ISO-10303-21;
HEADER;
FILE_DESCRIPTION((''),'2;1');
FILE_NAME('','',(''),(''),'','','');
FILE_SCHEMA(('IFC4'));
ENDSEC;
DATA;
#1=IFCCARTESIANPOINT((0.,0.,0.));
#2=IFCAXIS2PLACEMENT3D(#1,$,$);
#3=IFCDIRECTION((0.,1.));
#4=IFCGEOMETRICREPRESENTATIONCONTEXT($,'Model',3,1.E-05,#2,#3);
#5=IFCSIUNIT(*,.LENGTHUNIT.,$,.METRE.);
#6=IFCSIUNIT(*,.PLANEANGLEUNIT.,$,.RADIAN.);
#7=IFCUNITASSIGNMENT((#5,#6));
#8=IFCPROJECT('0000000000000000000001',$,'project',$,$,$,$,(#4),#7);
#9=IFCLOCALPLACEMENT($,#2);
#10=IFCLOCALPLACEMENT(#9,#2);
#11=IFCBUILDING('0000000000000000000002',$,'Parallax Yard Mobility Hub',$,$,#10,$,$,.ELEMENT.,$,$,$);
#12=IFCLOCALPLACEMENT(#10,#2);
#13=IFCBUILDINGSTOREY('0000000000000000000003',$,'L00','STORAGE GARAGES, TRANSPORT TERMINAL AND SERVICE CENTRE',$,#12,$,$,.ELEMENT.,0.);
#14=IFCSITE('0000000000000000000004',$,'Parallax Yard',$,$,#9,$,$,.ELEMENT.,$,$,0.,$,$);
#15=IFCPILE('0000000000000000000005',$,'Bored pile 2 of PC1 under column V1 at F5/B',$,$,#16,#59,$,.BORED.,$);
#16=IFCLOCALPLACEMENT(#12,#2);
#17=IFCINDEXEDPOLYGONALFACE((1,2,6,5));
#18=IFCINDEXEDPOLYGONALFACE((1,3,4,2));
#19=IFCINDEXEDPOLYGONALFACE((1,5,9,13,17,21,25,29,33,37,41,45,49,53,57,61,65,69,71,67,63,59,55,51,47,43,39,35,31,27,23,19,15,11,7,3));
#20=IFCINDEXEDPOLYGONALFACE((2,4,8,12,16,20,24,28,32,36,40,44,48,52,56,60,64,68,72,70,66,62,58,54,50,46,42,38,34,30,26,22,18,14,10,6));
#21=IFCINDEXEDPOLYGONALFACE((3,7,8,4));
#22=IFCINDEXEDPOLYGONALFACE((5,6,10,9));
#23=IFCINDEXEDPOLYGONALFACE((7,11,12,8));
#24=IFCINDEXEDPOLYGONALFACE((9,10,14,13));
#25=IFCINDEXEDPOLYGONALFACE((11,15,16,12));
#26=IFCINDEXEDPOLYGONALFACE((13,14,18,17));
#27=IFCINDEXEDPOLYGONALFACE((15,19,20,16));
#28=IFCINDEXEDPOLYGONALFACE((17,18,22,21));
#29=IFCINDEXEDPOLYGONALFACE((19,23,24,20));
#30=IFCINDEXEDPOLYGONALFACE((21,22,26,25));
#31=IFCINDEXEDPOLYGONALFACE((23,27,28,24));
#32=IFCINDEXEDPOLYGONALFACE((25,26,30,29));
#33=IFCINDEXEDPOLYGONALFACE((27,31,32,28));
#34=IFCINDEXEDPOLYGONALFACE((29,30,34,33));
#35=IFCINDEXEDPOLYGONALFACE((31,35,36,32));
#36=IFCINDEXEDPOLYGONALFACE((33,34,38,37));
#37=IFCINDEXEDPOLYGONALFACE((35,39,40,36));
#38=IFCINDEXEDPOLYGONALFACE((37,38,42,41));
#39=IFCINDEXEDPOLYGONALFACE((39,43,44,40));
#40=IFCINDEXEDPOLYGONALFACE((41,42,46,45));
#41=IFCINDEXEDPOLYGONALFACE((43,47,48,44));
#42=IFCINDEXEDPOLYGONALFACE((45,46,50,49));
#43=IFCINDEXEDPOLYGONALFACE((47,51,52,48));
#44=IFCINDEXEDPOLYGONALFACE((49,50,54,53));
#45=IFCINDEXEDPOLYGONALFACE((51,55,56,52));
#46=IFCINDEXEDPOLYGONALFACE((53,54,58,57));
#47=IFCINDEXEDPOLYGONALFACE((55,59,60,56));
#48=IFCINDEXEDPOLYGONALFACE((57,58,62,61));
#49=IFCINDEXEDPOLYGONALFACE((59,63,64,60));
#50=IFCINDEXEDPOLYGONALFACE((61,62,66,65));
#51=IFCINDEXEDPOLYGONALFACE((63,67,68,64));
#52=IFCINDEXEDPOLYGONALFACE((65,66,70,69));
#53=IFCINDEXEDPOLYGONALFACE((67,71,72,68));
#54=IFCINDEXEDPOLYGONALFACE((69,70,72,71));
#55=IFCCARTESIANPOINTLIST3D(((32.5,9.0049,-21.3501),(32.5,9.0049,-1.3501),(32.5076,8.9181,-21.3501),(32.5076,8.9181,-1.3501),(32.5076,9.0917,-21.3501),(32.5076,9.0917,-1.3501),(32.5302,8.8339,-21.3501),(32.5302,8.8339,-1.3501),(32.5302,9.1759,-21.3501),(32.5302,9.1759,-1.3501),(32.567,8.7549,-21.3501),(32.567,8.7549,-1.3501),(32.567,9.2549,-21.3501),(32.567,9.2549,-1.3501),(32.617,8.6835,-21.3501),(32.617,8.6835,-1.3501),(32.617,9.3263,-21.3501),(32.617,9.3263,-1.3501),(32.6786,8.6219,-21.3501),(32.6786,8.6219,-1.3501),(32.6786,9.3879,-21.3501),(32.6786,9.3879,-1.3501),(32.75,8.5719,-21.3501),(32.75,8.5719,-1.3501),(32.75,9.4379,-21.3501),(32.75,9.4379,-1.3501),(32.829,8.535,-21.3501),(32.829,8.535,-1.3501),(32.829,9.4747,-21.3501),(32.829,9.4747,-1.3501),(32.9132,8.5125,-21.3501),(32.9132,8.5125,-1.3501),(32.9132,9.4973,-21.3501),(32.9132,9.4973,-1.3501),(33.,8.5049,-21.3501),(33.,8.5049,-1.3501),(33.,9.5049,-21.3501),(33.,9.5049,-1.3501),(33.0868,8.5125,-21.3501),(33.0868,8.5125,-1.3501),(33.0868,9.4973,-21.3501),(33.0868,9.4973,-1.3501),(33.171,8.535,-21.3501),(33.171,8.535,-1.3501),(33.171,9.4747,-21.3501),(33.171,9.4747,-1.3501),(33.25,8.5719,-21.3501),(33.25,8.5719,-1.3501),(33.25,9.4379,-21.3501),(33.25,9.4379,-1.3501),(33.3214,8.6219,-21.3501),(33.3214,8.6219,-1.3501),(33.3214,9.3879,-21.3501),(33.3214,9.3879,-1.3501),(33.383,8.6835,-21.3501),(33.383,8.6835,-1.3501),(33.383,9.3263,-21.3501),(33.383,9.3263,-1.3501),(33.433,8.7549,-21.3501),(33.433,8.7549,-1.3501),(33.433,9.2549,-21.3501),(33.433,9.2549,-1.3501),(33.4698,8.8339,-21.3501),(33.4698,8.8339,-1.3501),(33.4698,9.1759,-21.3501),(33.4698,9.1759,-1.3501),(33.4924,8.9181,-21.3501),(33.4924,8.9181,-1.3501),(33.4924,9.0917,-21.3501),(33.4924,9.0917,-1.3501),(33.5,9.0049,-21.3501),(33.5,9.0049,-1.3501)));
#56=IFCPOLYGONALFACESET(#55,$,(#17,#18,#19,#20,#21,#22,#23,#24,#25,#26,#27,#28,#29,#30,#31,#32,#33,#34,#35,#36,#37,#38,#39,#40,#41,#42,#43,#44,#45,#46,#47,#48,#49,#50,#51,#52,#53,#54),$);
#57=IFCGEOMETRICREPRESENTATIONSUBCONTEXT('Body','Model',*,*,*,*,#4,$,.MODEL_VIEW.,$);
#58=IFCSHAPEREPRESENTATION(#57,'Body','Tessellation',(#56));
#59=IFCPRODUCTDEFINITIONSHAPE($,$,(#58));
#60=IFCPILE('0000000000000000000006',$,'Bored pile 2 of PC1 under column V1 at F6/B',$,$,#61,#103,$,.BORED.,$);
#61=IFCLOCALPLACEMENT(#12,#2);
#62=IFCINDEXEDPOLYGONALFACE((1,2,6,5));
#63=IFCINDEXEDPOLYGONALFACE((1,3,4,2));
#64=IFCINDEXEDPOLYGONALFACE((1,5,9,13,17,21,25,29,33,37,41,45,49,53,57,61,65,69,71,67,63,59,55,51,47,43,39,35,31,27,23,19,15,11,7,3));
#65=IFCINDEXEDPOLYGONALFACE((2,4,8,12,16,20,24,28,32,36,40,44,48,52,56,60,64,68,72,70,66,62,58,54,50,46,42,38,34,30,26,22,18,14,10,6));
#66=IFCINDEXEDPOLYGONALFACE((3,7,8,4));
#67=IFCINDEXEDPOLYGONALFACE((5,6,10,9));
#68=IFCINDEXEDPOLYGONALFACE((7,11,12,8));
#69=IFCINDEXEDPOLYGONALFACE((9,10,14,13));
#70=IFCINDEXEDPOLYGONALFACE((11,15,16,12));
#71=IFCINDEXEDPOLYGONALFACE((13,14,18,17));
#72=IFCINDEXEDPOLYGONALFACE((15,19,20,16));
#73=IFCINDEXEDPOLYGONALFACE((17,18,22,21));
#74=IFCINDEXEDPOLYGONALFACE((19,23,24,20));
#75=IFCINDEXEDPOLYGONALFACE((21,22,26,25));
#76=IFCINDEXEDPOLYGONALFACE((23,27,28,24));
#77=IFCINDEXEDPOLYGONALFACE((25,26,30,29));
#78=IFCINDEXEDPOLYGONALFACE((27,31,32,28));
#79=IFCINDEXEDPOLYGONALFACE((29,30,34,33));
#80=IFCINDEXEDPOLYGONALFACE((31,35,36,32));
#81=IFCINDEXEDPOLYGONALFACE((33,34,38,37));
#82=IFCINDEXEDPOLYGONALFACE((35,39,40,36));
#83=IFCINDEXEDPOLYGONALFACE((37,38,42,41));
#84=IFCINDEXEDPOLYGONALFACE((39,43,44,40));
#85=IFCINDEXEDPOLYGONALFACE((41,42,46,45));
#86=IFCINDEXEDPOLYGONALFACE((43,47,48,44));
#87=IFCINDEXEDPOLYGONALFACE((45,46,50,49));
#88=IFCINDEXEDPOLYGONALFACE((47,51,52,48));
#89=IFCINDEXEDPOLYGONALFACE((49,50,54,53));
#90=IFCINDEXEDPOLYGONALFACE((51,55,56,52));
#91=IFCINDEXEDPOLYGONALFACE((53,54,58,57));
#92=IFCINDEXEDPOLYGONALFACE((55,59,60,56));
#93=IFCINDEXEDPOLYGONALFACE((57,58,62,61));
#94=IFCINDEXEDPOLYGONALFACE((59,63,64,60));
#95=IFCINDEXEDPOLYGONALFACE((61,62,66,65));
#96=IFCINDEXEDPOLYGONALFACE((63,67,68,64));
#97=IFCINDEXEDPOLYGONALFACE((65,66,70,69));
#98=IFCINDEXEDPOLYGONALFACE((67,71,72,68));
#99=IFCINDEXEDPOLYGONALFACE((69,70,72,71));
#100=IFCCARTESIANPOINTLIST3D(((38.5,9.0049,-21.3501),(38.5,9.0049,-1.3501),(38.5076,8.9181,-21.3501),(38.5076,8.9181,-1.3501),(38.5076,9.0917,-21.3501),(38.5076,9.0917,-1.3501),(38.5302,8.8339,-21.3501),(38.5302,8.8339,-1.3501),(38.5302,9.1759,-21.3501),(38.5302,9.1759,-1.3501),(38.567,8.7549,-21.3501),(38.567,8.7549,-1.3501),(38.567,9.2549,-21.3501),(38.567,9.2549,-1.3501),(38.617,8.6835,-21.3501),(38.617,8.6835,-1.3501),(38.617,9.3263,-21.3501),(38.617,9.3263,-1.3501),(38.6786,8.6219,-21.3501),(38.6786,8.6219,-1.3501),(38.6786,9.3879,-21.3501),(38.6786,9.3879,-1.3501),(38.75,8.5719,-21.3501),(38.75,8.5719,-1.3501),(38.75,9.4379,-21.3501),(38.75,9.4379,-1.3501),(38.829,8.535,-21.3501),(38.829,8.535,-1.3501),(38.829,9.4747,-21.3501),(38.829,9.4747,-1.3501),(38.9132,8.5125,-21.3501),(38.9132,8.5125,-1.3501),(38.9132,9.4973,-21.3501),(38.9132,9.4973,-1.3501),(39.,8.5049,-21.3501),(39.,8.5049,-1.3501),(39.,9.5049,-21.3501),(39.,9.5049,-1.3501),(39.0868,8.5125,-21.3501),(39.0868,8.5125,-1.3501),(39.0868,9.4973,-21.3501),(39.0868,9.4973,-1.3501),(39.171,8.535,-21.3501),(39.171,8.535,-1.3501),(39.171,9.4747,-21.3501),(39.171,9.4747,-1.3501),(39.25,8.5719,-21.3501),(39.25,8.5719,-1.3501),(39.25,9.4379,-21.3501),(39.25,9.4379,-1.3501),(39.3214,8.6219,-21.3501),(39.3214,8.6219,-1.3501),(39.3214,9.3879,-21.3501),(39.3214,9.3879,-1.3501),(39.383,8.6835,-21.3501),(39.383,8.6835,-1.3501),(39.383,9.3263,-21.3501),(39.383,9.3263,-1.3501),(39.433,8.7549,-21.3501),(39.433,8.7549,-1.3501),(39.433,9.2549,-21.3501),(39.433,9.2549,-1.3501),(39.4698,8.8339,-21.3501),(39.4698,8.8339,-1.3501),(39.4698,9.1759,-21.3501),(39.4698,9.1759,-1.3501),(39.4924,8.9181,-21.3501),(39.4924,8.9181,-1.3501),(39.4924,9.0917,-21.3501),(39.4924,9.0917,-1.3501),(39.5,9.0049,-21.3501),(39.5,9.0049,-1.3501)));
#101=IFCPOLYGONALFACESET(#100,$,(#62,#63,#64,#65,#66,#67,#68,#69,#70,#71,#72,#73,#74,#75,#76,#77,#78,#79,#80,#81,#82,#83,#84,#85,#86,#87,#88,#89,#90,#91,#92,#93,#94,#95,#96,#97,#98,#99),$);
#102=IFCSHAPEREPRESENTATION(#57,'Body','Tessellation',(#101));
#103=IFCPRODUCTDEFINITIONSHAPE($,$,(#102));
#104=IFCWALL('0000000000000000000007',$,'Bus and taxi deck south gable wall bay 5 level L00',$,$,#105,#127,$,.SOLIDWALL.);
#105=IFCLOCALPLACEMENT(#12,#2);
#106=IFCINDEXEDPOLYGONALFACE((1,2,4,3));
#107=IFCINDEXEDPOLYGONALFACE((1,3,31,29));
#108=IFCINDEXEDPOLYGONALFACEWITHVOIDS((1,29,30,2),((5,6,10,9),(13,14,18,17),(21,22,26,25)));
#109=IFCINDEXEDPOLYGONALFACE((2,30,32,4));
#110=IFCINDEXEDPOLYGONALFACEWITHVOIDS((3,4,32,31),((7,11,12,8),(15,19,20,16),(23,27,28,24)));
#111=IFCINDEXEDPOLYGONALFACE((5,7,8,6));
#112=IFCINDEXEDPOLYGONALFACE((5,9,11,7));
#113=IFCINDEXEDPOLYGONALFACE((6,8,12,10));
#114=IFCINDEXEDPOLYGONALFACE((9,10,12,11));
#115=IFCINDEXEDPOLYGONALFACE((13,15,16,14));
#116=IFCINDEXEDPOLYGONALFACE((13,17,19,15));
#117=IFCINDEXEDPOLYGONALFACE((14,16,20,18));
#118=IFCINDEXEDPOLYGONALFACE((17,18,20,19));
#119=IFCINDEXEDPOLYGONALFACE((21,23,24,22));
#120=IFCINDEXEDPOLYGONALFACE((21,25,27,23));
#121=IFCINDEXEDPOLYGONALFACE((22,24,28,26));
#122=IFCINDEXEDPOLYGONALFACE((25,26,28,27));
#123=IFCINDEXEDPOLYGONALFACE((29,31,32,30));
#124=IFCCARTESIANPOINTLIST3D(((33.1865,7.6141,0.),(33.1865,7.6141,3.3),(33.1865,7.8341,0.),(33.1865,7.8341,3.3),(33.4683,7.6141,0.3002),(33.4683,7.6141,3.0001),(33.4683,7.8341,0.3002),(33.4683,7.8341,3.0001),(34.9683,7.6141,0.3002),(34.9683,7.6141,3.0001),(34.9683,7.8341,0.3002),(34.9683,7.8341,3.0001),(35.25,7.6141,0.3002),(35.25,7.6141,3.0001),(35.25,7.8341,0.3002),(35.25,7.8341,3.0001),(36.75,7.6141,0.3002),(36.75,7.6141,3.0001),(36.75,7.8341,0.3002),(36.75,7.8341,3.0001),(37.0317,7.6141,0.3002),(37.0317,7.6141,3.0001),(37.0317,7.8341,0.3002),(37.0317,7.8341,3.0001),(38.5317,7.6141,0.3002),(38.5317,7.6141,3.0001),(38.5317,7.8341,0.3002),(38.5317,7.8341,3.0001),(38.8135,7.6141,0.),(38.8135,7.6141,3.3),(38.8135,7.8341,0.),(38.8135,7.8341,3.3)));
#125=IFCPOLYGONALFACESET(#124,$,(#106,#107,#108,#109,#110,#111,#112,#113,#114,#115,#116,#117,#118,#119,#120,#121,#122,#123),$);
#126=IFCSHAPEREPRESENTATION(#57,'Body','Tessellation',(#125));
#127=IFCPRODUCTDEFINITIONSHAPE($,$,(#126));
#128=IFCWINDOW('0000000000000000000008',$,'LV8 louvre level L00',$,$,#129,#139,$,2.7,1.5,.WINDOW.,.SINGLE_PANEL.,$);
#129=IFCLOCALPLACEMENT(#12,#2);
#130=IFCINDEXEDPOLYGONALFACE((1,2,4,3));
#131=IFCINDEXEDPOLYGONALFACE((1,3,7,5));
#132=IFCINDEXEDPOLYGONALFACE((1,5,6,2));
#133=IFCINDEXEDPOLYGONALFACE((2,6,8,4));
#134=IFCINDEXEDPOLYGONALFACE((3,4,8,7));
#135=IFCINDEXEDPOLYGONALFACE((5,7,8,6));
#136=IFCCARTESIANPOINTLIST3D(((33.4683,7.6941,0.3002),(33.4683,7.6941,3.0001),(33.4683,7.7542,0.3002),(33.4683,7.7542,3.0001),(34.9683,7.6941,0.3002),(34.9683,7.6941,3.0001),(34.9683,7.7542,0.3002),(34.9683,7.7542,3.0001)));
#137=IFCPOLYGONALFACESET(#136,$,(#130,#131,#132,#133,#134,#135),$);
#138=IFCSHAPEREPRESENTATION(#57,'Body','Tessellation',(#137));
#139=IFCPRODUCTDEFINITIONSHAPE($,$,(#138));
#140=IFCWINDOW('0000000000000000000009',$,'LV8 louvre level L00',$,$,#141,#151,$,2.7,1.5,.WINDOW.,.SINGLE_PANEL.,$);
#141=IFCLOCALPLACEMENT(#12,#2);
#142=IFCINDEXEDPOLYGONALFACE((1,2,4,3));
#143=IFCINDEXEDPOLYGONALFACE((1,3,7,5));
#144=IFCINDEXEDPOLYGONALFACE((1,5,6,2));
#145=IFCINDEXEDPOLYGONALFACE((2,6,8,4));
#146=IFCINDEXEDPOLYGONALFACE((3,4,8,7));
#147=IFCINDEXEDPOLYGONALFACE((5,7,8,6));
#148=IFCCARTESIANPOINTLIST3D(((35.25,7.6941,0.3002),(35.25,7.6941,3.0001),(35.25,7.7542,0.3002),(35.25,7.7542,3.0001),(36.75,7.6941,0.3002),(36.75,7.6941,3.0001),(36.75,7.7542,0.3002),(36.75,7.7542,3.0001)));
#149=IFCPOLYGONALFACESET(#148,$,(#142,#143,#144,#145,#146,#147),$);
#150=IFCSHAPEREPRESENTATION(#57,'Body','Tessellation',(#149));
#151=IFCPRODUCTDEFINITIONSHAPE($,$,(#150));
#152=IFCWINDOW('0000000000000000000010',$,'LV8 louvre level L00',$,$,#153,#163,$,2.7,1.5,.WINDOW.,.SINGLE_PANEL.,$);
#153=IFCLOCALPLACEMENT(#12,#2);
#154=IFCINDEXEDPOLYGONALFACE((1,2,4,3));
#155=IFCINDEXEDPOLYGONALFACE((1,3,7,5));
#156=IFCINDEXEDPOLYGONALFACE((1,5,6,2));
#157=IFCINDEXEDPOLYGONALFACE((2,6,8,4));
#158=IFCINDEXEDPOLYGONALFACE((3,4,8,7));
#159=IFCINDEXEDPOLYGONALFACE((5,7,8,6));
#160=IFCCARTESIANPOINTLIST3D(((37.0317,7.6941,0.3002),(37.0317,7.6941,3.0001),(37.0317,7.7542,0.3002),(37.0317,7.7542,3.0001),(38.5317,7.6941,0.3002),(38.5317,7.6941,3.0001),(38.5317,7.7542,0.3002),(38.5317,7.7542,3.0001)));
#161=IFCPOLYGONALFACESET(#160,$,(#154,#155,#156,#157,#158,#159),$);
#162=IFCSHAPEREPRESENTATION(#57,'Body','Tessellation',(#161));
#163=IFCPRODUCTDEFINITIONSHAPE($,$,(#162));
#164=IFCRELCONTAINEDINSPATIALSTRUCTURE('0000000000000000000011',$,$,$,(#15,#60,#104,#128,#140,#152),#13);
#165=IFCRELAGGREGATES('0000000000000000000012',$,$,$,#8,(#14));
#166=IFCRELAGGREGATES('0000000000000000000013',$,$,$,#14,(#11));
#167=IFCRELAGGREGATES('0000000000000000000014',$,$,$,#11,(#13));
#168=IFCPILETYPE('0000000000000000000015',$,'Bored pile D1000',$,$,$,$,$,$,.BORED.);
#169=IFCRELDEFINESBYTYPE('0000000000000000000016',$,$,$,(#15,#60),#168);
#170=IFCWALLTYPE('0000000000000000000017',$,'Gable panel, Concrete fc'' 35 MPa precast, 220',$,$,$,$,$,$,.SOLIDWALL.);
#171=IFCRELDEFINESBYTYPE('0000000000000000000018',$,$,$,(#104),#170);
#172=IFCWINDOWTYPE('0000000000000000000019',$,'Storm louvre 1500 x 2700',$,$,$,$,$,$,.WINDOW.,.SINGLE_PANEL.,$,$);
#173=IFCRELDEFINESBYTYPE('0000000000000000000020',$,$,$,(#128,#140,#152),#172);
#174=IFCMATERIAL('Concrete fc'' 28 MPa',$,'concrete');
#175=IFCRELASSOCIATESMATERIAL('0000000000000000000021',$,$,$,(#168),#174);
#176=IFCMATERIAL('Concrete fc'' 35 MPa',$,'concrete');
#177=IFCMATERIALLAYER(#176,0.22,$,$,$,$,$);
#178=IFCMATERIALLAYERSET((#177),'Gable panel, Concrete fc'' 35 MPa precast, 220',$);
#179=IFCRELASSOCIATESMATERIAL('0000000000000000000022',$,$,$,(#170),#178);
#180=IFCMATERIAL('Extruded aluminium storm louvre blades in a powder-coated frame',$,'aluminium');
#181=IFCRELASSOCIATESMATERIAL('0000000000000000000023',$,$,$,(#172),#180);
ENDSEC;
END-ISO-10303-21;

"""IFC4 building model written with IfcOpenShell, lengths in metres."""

from ifc_helpers import new_model, si_unit, direction, frame, frame_2d, origin, origin_2d, place, context, subcontext, project, spatial, rectangle, circle, extrude, material, layer, layer_set, material_profile, profile_set, type_object, element, fill, save


model = new_model("IFC4")

# Units and contexts
model_context = context("Model", 3, precision=1e-05, world=origin(), true_north=direction((0.0, 1.0)))
body_context = subcontext(model_context, "Body", "Model", "MODEL_VIEW")
ifc_project = project(units=[si_unit("LENGTHUNIT", "METRE"), si_unit("PLANEANGLEUNIT", "RADIAN")], contexts=[model_context])

# Site, building, storey
site_placement = place(None, origin())
site = spatial("IfcSite", under=ifc_project, at=site_placement, Name="Parallax Yard", CompositionType="ELEMENT", RefElevation=0.0)
building_placement = place(site_placement, origin())
building = spatial("IfcBuilding", under=site, at=building_placement, Name="Parallax Yard Mobility Hub", CompositionType="ELEMENT")
storey_placement = place(building_placement, origin())
storey = spatial("IfcBuildingStorey", under=building, at=storey_placement, Name="L00", Description="STORAGE GARAGES, TRANSPORT TERMINAL AND SERVICE CENTRE", CompositionType="ELEMENT", Elevation=0.0)

# Piles
ifc_material_1 = material(Name="Concrete fc' 28 MPa", Category="concrete")
ifc_material_profile = material_profile(ifc_material_1, circle(Radius=0.5, at=origin_2d()), Name="Bored pile D1000")
ifc_profile_set = profile_set([ifc_material_profile], Name="Concrete fc' 28 MPa")
pile_type = type_object("IfcPileType", Name="Bored pile D1000", PredefinedType="BORED", material=ifc_profile_set)
for number, where, z_axis, x_axis, name in (
    (1, (33.0, 9.0049, -1.3501), (0.0, 0.0, -1.0), (1.0, 0.0, 0.0), "Bored pile 2 of PC1 under column V1 at F5/B"),
    (2, (39.0, 9.0049, -1.3501), (0.0, 0.0, -1.0), (1.0, 0.0, 0.0), "Bored pile 2 of PC1 under column V1 at F6/B"),
):
    element("IfcPile", number, at=place(storey_placement, frame(where, z_axis=z_axis, x_axis=x_axis)), inside=storey, type_object=pile_type, Name=name, PredefinedType="BORED", context=body_context, shape_type="SweptSolid", body=[
        extrude(circle(Radius=0.5, at=origin_2d()), origin(), (0.0, 0.0, 1.0), 20.0),
    ])

# Wall, openings, windows
ifc_material_2 = material(Name="Concrete fc' 35 MPa", Category="concrete")
ifc_layer = layer(ifc_material_2, 0.22)
ifc_layer_set = layer_set([ifc_layer], Name="Gable panel, Concrete fc' 35 MPa precast, 220")
wall_type = type_object("IfcWallType", Name="Gable panel, Concrete fc' 35 MPa precast, 220", PredefinedType="SOLIDWALL", material=ifc_layer_set)
wall_1_placement = place(storey_placement, frame((33.1865, 7.7241, 0.0), z_axis=(0.0, 0.0, 1.0), x_axis=(1.0, 0.0, 0.0)))
wall_1 = element("IfcWall", 3, at=wall_1_placement, inside=storey, type_object=wall_type, Name="Bus and taxi deck south gable wall bay 5 level L00", PredefinedType="SOLIDWALL", context=body_context, shape_type="SweptSolid", body=[
    extrude(rectangle(XDim=5.627, YDim=0.22, at=frame_2d((2.8135, 0.0))), origin(), (0.0, 0.0, 1.0), 3.3),
])
opening_1_placement = place(wall_1_placement, frame((0.2817, 0.0, 0.3)))
opening_1 = element("IfcOpeningElement", 4, at=opening_1_placement, cuts=wall_1, PredefinedType="OPENING", context=body_context, shape_type="SweptSolid", body=[
    extrude(rectangle(XDim=1.5, YDim=2.7, at=frame_2d((0.75, 1.3501))), frame((0.0, 0.1201, 0.0), z_axis=(0.0, -1.0, 0.0), x_axis=(1.0, 0.0, 0.0)), (0.0, 0.0, 1.0), 0.24),
])
opening_2_placement = place(wall_1_placement, frame((2.0635, 0.0, 0.3)))
opening_2 = element("IfcOpeningElement", 5, at=opening_2_placement, cuts=wall_1, PredefinedType="OPENING", context=body_context, shape_type="SweptSolid", body=[
    extrude(rectangle(XDim=1.5, YDim=2.7, at=frame_2d((0.75, 1.3501))), frame((0.0, 0.1201, 0.0), z_axis=(0.0, -1.0, 0.0), x_axis=(1.0, 0.0, 0.0)), (0.0, 0.0, 1.0), 0.24),
])
opening_3_placement = place(wall_1_placement, frame((3.8452, 0.0, 0.3)))
opening_3 = element("IfcOpeningElement", 6, at=opening_3_placement, cuts=wall_1, PredefinedType="OPENING", context=body_context, shape_type="SweptSolid", body=[
    extrude(rectangle(XDim=1.5, YDim=2.7, at=frame_2d((0.75, 1.3501))), frame((0.0, 0.1201, 0.0), z_axis=(0.0, -1.0, 0.0), x_axis=(1.0, 0.0, 0.0)), (0.0, 0.0, 1.0), 0.24),
])
ifc_material_3 = material(Name="Extruded aluminium storm louvre blades in a powder-coated frame", Category="aluminium")
window_type_1 = type_object("IfcWindowType", Name="Storm louvre 1500 x 2700", PartitioningType="SINGLE_PANEL", PredefinedType="WINDOW", material=ifc_material_3)
window_1_placement = place(opening_1_placement, origin())
window_1 = element("IfcWindow", 7, at=window_1_placement, inside=storey, type_object=window_type_1, Name="LV8 louvre level L00", OverallHeight=2.7, OverallWidth=1.5, PartitioningType="SINGLE_PANEL", PredefinedType="WINDOW", context=body_context, shape_type="SweptSolid", body=[
    extrude(rectangle(XDim=1.5, YDim=2.7, at=frame_2d((0.75, 1.3501))), frame((0.0, 0.03, 0.0), z_axis=(0.0, -1.0, 0.0), x_axis=(1.0, 0.0, 0.0)), (0.0, 0.0, 1.0), 0.0601),
])
fill(opening_1, window_1)
window_2_placement = place(opening_2_placement, origin())
window_2 = element("IfcWindow", 8, at=window_2_placement, inside=storey, type_object=window_type_1, Name="LV8 louvre level L00", OverallHeight=2.7, OverallWidth=1.5, PartitioningType="SINGLE_PANEL", PredefinedType="WINDOW", context=body_context, shape_type="SweptSolid", body=[
    extrude(rectangle(XDim=1.5, YDim=2.7, at=frame_2d((0.75, 1.3501))), frame((0.0, 0.03, 0.0), z_axis=(0.0, -1.0, 0.0), x_axis=(1.0, 0.0, 0.0)), (0.0, 0.0, 1.0), 0.0601),
])
fill(opening_2, window_2)
window_3_placement = place(opening_3_placement, origin())
window_3 = element("IfcWindow", 9, at=window_3_placement, inside=storey, type_object=window_type_1, Name="LV8 louvre level L00", OverallHeight=2.7, OverallWidth=1.5, PartitioningType="SINGLE_PANEL", PredefinedType="WINDOW", context=body_context, shape_type="SweptSolid", body=[
    extrude(rectangle(XDim=1.5, YDim=2.7, at=frame_2d((0.75, 1.3501))), frame((0.0, 0.03, 0.0), z_axis=(0.0, -1.0, 0.0), x_axis=(1.0, 0.0, 0.0)), (0.0, 0.0, 1.0), 0.0601),
])
fill(opening_3, window_3)

save(model, "model.ifc")
